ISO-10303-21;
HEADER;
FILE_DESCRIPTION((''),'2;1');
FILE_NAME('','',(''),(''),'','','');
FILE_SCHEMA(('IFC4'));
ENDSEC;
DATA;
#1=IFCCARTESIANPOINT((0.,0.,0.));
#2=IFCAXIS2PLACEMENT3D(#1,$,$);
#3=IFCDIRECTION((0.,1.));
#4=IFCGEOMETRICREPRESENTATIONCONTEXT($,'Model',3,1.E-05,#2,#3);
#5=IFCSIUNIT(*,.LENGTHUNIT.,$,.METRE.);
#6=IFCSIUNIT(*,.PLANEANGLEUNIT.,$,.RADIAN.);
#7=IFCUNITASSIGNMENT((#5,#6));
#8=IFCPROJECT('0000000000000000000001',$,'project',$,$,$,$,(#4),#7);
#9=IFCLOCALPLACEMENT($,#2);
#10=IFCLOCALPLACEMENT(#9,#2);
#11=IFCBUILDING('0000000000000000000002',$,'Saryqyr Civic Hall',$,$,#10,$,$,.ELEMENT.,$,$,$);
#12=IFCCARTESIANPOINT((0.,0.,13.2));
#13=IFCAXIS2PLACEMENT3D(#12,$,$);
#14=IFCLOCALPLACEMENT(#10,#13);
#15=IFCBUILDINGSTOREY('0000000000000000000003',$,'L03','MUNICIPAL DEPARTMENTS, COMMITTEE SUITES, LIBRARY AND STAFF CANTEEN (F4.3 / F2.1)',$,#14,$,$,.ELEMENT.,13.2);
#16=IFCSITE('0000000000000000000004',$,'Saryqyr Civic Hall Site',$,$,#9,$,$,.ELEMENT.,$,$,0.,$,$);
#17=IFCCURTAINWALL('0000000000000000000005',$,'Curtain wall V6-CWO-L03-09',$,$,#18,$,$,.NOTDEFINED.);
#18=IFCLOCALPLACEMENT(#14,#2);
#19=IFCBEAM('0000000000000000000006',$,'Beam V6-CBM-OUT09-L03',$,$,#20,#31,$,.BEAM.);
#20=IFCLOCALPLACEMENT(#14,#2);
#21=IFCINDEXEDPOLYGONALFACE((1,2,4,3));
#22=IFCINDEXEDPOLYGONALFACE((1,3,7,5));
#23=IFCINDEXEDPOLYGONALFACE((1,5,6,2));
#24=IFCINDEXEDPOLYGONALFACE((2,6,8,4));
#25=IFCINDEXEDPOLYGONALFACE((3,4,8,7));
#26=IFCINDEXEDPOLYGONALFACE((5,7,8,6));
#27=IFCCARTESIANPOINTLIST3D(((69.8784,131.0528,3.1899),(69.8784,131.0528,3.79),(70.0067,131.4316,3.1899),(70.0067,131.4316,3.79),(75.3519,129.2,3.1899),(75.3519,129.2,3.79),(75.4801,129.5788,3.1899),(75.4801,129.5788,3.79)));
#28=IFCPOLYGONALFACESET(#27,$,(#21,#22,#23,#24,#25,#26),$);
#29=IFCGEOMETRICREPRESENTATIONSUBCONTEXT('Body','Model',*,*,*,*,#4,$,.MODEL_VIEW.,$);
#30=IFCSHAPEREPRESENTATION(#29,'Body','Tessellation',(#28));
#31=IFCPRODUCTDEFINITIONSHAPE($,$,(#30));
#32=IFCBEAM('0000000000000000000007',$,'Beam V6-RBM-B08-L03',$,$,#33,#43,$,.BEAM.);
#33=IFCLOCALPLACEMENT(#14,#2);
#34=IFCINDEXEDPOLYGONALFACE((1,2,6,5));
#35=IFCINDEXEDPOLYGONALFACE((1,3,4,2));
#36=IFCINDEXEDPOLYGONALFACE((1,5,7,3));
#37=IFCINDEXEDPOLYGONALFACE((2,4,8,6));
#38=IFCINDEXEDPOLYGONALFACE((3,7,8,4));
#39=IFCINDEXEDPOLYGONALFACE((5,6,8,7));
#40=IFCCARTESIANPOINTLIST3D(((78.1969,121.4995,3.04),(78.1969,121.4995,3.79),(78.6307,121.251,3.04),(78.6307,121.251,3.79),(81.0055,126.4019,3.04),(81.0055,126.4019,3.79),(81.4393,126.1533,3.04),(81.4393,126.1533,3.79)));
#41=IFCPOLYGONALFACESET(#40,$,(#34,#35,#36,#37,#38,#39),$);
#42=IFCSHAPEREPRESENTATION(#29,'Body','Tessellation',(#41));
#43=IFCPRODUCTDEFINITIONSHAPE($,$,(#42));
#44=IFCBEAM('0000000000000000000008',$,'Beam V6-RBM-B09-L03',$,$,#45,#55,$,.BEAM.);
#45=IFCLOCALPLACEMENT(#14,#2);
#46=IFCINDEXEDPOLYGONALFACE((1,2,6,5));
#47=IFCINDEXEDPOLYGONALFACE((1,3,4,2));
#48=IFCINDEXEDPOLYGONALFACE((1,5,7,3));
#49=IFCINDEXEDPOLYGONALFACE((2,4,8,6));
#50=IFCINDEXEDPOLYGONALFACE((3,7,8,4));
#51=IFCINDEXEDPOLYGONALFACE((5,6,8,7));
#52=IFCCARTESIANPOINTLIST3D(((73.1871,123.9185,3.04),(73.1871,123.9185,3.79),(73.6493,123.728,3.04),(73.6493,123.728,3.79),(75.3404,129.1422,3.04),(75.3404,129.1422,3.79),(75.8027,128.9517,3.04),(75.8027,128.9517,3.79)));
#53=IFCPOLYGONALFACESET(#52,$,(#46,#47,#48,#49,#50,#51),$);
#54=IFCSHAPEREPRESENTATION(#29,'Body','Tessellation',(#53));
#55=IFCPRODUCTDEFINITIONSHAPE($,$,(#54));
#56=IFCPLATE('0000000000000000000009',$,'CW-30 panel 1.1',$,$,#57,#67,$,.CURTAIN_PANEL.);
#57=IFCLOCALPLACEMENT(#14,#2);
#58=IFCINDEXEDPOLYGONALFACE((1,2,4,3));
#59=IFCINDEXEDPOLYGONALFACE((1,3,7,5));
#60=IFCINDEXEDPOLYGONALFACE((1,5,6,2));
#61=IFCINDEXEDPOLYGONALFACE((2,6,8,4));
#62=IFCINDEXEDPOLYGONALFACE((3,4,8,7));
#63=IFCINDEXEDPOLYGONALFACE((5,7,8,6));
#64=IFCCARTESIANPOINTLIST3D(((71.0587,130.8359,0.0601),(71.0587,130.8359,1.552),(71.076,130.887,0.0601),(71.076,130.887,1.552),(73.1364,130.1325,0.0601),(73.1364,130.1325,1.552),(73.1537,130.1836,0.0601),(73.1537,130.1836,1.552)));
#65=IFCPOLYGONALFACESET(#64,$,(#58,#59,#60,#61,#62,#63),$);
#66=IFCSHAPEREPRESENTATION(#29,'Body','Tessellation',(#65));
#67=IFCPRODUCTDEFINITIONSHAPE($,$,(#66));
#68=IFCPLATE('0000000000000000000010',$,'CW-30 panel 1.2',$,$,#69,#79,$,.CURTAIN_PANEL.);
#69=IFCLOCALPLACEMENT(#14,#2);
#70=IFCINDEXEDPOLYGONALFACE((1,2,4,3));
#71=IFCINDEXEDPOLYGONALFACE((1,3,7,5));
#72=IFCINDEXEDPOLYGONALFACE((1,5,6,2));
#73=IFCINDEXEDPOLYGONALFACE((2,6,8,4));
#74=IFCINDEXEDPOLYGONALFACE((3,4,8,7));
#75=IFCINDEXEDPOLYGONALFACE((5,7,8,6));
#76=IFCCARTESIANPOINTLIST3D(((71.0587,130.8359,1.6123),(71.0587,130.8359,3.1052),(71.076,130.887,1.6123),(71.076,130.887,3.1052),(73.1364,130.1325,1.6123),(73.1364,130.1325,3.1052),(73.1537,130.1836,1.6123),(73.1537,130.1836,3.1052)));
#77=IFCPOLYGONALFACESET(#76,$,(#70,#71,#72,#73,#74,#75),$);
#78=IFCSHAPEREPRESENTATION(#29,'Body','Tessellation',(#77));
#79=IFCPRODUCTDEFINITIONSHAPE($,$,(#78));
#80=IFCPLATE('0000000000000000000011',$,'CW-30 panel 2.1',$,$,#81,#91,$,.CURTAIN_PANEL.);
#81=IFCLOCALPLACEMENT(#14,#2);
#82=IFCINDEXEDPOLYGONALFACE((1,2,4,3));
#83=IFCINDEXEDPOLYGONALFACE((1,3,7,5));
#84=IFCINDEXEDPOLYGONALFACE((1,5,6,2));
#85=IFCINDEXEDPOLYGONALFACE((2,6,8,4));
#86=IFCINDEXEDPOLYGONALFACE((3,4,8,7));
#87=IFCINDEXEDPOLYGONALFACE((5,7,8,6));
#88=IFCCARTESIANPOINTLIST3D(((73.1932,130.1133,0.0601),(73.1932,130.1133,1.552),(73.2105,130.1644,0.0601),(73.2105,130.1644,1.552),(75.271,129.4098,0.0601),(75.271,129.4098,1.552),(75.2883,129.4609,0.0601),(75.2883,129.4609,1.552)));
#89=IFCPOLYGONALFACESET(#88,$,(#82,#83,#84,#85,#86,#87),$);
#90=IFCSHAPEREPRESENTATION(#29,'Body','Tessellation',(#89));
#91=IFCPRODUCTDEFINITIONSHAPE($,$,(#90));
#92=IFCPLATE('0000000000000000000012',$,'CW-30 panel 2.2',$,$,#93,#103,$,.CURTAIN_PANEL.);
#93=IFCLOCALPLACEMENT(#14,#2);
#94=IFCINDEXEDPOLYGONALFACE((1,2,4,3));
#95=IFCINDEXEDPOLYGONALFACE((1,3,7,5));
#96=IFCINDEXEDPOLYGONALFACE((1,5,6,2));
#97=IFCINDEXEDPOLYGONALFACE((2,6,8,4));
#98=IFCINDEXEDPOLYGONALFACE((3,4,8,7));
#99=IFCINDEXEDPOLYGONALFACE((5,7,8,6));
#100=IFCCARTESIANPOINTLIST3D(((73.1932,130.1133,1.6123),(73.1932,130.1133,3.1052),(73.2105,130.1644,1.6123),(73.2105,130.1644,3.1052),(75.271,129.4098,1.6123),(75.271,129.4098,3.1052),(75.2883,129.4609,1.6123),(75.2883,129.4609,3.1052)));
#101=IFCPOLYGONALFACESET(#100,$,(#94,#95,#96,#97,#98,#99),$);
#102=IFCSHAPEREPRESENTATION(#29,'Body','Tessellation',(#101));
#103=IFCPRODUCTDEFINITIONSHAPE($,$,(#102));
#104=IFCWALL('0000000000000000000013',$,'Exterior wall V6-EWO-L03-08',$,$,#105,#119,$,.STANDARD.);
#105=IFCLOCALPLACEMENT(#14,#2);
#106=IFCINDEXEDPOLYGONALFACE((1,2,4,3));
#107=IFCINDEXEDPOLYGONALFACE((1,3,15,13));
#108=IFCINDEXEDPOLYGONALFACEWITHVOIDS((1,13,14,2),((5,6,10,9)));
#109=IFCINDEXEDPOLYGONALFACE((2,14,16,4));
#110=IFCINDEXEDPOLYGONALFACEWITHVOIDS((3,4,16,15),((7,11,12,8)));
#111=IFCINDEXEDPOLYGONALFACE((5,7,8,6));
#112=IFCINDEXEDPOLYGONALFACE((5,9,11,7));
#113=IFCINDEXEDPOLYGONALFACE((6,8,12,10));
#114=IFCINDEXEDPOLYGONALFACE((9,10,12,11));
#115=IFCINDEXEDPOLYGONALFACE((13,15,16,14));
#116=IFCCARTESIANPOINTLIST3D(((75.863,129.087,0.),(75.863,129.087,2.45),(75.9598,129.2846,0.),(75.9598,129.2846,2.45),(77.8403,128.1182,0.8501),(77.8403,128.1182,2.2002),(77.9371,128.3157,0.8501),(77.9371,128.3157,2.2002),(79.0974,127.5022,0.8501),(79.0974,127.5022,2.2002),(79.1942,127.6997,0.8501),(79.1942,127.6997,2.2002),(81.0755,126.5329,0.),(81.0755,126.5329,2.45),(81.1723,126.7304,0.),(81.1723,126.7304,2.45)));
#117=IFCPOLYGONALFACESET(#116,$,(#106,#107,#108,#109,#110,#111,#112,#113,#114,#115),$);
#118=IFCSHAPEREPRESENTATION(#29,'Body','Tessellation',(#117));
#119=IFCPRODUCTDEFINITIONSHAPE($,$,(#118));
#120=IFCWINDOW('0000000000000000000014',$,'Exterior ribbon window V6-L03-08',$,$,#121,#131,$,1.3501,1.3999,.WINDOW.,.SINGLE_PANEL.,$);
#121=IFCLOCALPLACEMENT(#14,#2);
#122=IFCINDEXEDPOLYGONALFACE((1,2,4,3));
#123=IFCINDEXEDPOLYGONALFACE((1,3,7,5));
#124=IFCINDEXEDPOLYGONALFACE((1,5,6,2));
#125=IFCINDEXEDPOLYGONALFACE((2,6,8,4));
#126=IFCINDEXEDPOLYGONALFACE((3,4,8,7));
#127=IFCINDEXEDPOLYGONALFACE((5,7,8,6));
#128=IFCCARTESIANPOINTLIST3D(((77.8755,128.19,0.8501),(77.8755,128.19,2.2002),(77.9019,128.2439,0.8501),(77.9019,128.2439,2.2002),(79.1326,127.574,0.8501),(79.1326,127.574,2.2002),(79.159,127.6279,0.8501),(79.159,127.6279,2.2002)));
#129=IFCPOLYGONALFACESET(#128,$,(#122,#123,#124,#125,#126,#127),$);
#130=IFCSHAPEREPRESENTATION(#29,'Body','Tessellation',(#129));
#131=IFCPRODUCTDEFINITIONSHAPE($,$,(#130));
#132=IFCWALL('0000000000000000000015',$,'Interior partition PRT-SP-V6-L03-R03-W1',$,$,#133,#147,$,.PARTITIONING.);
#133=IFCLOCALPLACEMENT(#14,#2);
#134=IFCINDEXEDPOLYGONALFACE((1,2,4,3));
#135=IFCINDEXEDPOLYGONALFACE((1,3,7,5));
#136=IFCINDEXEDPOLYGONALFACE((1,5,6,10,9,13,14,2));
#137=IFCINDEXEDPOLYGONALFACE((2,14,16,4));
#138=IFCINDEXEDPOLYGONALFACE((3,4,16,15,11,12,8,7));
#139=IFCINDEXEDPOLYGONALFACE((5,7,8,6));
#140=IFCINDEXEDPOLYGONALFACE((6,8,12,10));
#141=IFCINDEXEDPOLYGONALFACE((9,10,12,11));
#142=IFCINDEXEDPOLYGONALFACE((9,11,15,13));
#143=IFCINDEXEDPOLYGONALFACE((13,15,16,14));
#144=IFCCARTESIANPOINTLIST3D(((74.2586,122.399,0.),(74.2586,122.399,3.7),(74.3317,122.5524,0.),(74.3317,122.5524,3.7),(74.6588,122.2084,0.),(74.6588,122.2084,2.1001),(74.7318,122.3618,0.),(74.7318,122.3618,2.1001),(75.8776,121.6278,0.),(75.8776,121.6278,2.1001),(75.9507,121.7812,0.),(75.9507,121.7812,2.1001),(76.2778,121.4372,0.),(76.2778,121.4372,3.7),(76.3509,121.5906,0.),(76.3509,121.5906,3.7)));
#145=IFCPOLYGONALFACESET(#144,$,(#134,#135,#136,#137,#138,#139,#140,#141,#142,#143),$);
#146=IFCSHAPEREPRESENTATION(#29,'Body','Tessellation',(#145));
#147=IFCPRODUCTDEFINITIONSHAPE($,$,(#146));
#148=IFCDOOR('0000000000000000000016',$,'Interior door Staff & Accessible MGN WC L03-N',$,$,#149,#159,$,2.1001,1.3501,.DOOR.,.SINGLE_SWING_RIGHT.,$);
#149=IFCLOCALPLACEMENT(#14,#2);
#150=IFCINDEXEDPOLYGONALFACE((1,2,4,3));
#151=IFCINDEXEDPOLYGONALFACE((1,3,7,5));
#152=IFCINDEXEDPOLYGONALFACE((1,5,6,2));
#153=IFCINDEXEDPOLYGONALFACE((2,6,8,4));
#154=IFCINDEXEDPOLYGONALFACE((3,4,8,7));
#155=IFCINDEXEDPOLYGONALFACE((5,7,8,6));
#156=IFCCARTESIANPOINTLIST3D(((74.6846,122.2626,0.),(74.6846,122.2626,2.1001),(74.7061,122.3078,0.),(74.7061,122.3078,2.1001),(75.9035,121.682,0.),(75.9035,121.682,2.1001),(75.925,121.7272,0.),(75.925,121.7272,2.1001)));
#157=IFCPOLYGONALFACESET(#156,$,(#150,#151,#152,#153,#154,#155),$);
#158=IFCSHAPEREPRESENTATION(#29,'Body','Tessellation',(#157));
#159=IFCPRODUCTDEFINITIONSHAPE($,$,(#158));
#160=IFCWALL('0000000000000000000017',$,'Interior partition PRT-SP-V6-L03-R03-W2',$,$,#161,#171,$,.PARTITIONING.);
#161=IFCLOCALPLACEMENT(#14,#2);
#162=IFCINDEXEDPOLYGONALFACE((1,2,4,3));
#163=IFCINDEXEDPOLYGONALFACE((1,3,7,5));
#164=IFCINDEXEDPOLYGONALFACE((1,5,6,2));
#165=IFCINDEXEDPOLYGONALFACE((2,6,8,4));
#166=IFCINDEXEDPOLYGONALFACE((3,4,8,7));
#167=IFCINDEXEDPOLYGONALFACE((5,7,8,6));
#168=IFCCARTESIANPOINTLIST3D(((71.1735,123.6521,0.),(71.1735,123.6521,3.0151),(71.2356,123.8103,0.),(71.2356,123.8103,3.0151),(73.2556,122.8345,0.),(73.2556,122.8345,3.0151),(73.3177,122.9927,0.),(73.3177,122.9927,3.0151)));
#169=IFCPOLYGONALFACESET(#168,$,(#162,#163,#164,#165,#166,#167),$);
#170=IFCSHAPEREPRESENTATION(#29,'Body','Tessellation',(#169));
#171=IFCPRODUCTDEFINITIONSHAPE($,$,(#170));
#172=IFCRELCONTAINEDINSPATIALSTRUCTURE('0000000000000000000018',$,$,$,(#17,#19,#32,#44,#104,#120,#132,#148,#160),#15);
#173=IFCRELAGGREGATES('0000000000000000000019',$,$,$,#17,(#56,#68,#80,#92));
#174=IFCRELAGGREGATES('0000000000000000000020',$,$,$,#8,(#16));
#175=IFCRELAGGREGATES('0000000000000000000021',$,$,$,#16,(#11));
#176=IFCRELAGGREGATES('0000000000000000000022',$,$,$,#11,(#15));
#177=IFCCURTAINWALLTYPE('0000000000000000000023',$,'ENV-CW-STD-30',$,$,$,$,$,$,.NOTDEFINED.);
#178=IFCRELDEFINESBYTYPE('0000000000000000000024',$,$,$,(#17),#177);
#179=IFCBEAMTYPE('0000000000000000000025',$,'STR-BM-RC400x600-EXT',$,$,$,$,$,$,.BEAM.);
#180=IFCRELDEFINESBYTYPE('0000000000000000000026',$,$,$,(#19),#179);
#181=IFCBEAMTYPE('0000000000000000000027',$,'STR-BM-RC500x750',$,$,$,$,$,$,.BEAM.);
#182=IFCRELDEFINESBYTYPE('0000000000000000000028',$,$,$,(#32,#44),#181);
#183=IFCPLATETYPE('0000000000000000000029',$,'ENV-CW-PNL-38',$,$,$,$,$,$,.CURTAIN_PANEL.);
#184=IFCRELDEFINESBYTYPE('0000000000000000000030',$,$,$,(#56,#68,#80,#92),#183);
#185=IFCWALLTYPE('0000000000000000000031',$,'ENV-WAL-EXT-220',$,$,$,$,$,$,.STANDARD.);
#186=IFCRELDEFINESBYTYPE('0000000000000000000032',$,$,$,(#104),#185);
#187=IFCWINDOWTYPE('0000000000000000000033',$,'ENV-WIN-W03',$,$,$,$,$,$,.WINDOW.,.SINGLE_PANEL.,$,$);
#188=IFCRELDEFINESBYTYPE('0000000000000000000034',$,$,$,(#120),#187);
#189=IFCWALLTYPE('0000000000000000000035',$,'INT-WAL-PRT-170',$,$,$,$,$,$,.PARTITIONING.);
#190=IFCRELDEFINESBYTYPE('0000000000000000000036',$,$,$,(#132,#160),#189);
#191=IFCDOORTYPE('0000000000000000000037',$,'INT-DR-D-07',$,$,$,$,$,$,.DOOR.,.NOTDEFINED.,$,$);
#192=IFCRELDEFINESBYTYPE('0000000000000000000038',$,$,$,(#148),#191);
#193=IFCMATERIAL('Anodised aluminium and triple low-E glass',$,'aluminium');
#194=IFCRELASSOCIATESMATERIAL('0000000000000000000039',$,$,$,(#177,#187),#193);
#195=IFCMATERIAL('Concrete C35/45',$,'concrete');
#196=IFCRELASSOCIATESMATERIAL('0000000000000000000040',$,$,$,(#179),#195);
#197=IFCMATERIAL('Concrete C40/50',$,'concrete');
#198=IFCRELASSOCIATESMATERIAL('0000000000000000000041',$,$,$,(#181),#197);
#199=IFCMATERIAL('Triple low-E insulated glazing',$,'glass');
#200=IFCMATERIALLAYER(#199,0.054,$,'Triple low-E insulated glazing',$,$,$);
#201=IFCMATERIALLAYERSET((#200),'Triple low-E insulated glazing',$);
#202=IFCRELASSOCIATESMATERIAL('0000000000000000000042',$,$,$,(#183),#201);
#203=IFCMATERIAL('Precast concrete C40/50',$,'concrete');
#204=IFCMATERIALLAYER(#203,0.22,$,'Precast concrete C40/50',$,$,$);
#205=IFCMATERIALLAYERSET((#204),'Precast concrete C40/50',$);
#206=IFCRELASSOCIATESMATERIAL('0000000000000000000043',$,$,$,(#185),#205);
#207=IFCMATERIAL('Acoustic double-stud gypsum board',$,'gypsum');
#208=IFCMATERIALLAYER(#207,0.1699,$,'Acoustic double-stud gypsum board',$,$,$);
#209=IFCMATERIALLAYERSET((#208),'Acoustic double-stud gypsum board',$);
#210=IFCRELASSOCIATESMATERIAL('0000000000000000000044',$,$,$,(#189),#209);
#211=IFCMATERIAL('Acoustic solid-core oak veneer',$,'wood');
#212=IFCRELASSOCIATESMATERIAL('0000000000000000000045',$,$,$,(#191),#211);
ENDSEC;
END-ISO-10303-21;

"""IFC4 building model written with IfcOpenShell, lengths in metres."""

from ifc_helpers import new_model, si_unit, direction, frame, frame_2d, origin, origin_2d, place, context, subcontext, project, spatial, rectangle, extrude, material, layer, layer_set, material_profile, profile_set, type_object, element, fill, aggregate, save


model = new_model("IFC4")

# Units and contexts
model_context = context("Model", 3, precision=1e-05, world=origin(), true_north=direction((0.0, 1.0)))
body_context = subcontext(model_context, "Body", "Model", "MODEL_VIEW")
ifc_project = project(units=[si_unit("LENGTHUNIT", "METRE"), si_unit("PLANEANGLEUNIT", "RADIAN")], contexts=[model_context])

# Site, building, storey
site_placement = place(None, origin())
site = spatial("IfcSite", under=ifc_project, at=site_placement, Name="Saryqyr Civic Hall Site", CompositionType="ELEMENT", RefElevation=0.0)
building_placement = place(site_placement, origin())
building = spatial("IfcBuilding", under=site, at=building_placement, Name="Saryqyr Civic Hall", CompositionType="ELEMENT")
storey_placement = place(building_placement, frame((0.0, 0.0, 13.2)))
storey = spatial("IfcBuildingStorey", under=building, at=storey_placement, Name="L03", Description="MUNICIPAL DEPARTMENTS, COMMITTEE SUITES, LIBRARY AND STAFF CANTEEN (F4.3 / F2.1)", CompositionType="ELEMENT", Elevation=13.2)

# Shared definitions
ifc_material_1 = material(Name="Concrete C40/50", Category="concrete")

# Curtain wall
ifc_material_2 = material(Name="Anodised aluminium and triple low-E glass", Category="aluminium")
curtain_wall_type = type_object("IfcCurtainWallType", Name="ENV-CW-STD-30", PredefinedType="NOTDEFINED", material=ifc_material_2)
curtain_wall_placement = place(storey_placement, origin())
curtain_wall = element("IfcCurtainWall", 1, at=curtain_wall_placement, inside=storey, type_object=curtain_wall_type, Name="Curtain wall V6-CWO-L03-09", PredefinedType="NOTDEFINED")

# Beams
ifc_material_3 = material(Name="Concrete C35/45", Category="concrete")
ifc_material_profile_1 = material_profile(ifc_material_3, rectangle(XDim=0.3999, YDim=0.6001, at=origin_2d()), Name="RC 400x600")
ifc_profile_set_1 = profile_set([ifc_material_profile_1], Name="Concrete C35/45")
beam_type_1 = type_object("IfcBeamType", Name="STR-BM-RC400x600-EXT", PredefinedType="BEAM", material=ifc_profile_set_1)
beam_1_placement = place(storey_placement, frame((75.416, 129.3894, 3.49), z_axis=(-0.947203, 0.320635, 0.0), x_axis=(-0.320635, -0.947203, 0.0)))
element("IfcBeam", 2, at=beam_1_placement, inside=storey, type_object=beam_type_1, Name="Beam V6-CBM-OUT09-L03", PredefinedType="BEAM", context=body_context, shape_type="SweptSolid", body=[
    extrude(rectangle(XDim=0.3999, YDim=0.6001, at=origin_2d()), origin(), (0.0, 0.0, 1.0), 5.7786),
])
ifc_material_profile_2 = material_profile(ifc_material_1, rectangle(XDim=0.5, YDim=0.75, at=origin_2d()), Name="RC 500x750")
ifc_profile_set_2 = profile_set([ifc_material_profile_2], Name="Concrete C40/50")
beam_type_2 = type_object("IfcBeamType", Name="STR-BM-RC500x750", PredefinedType="BEAM", material=ifc_profile_set_2)
beam_2_placement = place(storey_placement, frame((78.4138, 121.3752, 3.415), z_axis=(0.497107, 0.867689, 0.0), x_axis=(-0.867689, 0.497107, 0.0)))
element("IfcBeam", 3, at=beam_2_placement, inside=storey, type_object=beam_type_2, Name="Beam V6-RBM-B08-L03", PredefinedType="BEAM", context=body_context, shape_type="SweptSolid", body=[
    extrude(rectangle(XDim=0.5, YDim=0.75, at=origin_2d()), origin(), (0.0, 0.0, 1.0), 5.6499),
])
beam_3_placement = place(storey_placement, frame((73.4182, 123.8232, 3.415), z_axis=(0.381115, 0.924528, 0.0), x_axis=(-0.924528, 0.381115, 0.0)))
element("IfcBeam", 4, at=beam_3_placement, inside=storey, type_object=beam_type_2, Name="Beam V6-RBM-B09-L03", PredefinedType="BEAM", context=body_context, shape_type="SweptSolid", body=[
    extrude(rectangle(XDim=0.5, YDim=0.75, at=origin_2d()), origin(), (0.0, 0.0, 1.0), 5.6501),
])

# Plates
ifc_material_4 = material(Name="Triple low-E insulated glazing", Category="glass")
ifc_layer_1 = layer(ifc_material_4, 0.054, Name="Triple low-E insulated glazing")
ifc_layer_set_1 = layer_set([ifc_layer_1], Name="Triple low-E insulated glazing")
plate_type = type_object("IfcPlateType", Name="ENV-CW-PNL-38", PredefinedType="CURTAIN_PANEL", material=ifc_layer_set_1)
plate_1_placement = place(storey_placement, frame((72.1062, 130.5098, 0.0601), z_axis=(0.0, 0.0, 1.0), x_axis=(0.94719, -0.320671, 0.0)))
plate_1 = element("IfcPlate", 5, at=plate_1_placement, type_object=plate_type, Name="CW-30 panel 1.1", PredefinedType="CURTAIN_PANEL", context=body_context, shape_type="SweptSolid", body=[
    extrude(rectangle(XDim=2.1936, YDim=0.054, at=origin_2d()), origin(), (0.0, 0.0, 1.0), 1.4919),
])
plate_2_placement = place(storey_placement, frame((72.1062, 130.5098, 1.6123), z_axis=(0.0, 0.0, 1.0), x_axis=(0.94719, -0.320671, 0.0)))
plate_2 = element("IfcPlate", 6, at=plate_2_placement, type_object=plate_type, Name="CW-30 panel 1.2", PredefinedType="CURTAIN_PANEL", context=body_context, shape_type="SweptSolid", body=[
    extrude(rectangle(XDim=2.1936, YDim=0.054, at=origin_2d()), origin(), (0.0, 0.0, 1.0), 1.4929),
])
plate_3_placement = place(storey_placement, frame((74.2407, 129.7871, 0.0601), z_axis=(0.0, 0.0, 1.0), x_axis=(0.94719, -0.320671, 0.0)))
plate_3 = element("IfcPlate", 7, at=plate_3_placement, type_object=plate_type, Name="CW-30 panel 2.1", PredefinedType="CURTAIN_PANEL", context=body_context, shape_type="SweptSolid", body=[
    extrude(rectangle(XDim=2.1936, YDim=0.054, at=origin_2d()), origin(), (0.0, 0.0, 1.0), 1.4919),
])
plate_4_placement = place(storey_placement, frame((74.2407, 129.7871, 1.6123), z_axis=(0.0, 0.0, 1.0), x_axis=(0.94719, -0.320671, 0.0)))
plate_4 = element("IfcPlate", 8, at=plate_4_placement, type_object=plate_type, Name="CW-30 panel 2.2", PredefinedType="CURTAIN_PANEL", context=body_context, shape_type="SweptSolid", body=[
    extrude(rectangle(XDim=2.1936, YDim=0.054, at=origin_2d()), origin(), (0.0, 0.0, 1.0), 1.4929),
])
aggregate(curtain_wall, [plate_1, plate_2, plate_3, plate_4])

# Wall, opening, window
ifc_material_5 = material(Name="Precast concrete C40/50", Category="concrete")
ifc_layer_2 = layer(ifc_material_5, 0.22, Name="Precast concrete C40/50")
ifc_layer_set_2 = layer_set([ifc_layer_2], Name="Precast concrete C40/50")
wall_type_1 = type_object("IfcWallType", Name="ENV-WAL-EXT-220", PredefinedType="STANDARD", material=ifc_layer_set_2)
wall_1_placement = place(storey_placement, frame((75.9114, 129.1858, 0.0), z_axis=(0.0, 0.0, 1.0), x_axis=(0.89799, -0.440016, 0.0)))
wall_1 = element("IfcWall", 9, at=wall_1_placement, inside=storey, type_object=wall_type_1, Name="Exterior wall V6-EWO-L03-08", PredefinedType="STANDARD", context=body_context, shape_type="SweptSolid", body=[
    extrude(rectangle(XDim=5.8047, YDim=0.22, at=frame_2d((2.9023, 0.0))), origin(), (0.0, 0.0, 1.0), 2.45),
])
opening_1_placement = place(wall_1_placement, frame((2.2019, 0.0, 0.8501)))
opening_1 = element("IfcOpeningElement", 10, at=opening_1_placement, cuts=wall_1, PredefinedType="OPENING", context=body_context, shape_type="SweptSolid", body=[
    extrude(rectangle(XDim=1.3999, YDim=1.3501, at=frame_2d((0.7, 0.675))), frame((0.0, 0.1199, 0.0), z_axis=(0.0, -1.0, 0.0), x_axis=(1.0, 0.0, 0.0)), (0.0, 0.0, 1.0), 0.24),
])
window_type = type_object("IfcWindowType", Name="ENV-WIN-W03", PartitioningType="SINGLE_PANEL", PredefinedType="WINDOW", material=ifc_material_2)
window_placement = place(opening_1_placement, origin())
window = element("IfcWindow", 11, at=window_placement, inside=storey, type_object=window_type, Name="Exterior ribbon window V6-L03-08", OverallHeight=1.3501, OverallWidth=1.3999, PartitioningType="SINGLE_PANEL", PredefinedType="WINDOW", context=body_context, shape_type="SweptSolid", body=[
    extrude(rectangle(XDim=1.3999, YDim=1.3501, at=frame_2d((0.7, 0.675))), frame((0.0, 0.03, 0.0), z_axis=(0.0, -1.0, 0.0), x_axis=(1.0, 0.0, 0.0)), (0.0, 0.0, 1.0), 0.0601),
])
fill(opening_1, window)

# Wall, opening, door
ifc_material_6 = material(Name="Acoustic double-stud gypsum board", Category="gypsum")
ifc_layer_3 = layer(ifc_material_6, 0.1699, Name="Acoustic double-stud gypsum board")
ifc_layer_set_3 = layer_set([ifc_layer_3], Name="Acoustic double-stud gypsum board")
wall_type_2 = type_object("IfcWallType", Name="INT-WAL-PRT-170", PredefinedType="PARTITIONING", material=ifc_layer_set_3)
wall_2_placement = place(storey_placement, frame((76.3142, 121.5139, 0.0), z_axis=(0.0, 0.0, 1.0), x_axis=(-0.9028, 0.430061, 0.0)))
wall_2 = element("IfcWall", 12, at=wall_2_placement, inside=storey, type_object=wall_type_2, Name="Interior partition PRT-SP-V6-L03-R03-W1", PredefinedType="PARTITIONING", context=body_context, shape_type="SweptSolid", body=[
    extrude(rectangle(XDim=2.2366, YDim=0.1699, at=frame_2d((1.1182, 0.0))), origin(), (0.0, 0.0, 1.0), 3.7),
])
opening_2_placement = place(wall_2_placement, frame((0.4431, 0.0, 0.0)))
opening_2 = element("IfcOpeningElement", 13, at=opening_2_placement, cuts=wall_2, PredefinedType="OPENING", context=body_context, shape_type="SweptSolid", body=[
    extrude(rectangle(XDim=1.3501, YDim=2.1001, at=frame_2d((0.675, 1.05))), frame((0.0, 0.095, 0.0), z_axis=(0.0, -1.0, 0.0), x_axis=(1.0, 0.0, 0.0)), (0.0, 0.0, 1.0), 0.1899),
])
ifc_material_7 = material(Name="Acoustic solid-core oak veneer", Category="wood")
door_type = type_object("IfcDoorType", Name="INT-DR-D-07", OperationType="NOTDEFINED", PredefinedType="DOOR", material=ifc_material_7)
door_placement = place(opening_2_placement, origin())
door = element("IfcDoor", 14, at=door_placement, inside=storey, type_object=door_type, Name="Interior door Staff & Accessible MGN WC L03-N", OperationType="SINGLE_SWING_RIGHT", OverallHeight=2.1001, OverallWidth=1.3501, PredefinedType="DOOR", context=body_context, shape_type="SweptSolid", body=[
    extrude(rectangle(XDim=1.3501, YDim=2.1001, at=frame_2d((0.675, 1.05))), frame((0.0, 0.0249, 0.0), z_axis=(0.0, -1.0, 0.0), x_axis=(1.0, 0.0, 0.0)), (0.0, 0.0, 1.0), 0.05),
])
fill(opening_2, door)

# Wall
wall_3_placement = place(storey_placement, frame((73.2866, 122.9136, 0.0), z_axis=(0.0, 0.0, 1.0), x_axis=(-0.930799, 0.365531, 0.0)))
element("IfcWall", 15, at=wall_3_placement, inside=storey, type_object=wall_type_2, Name="Interior partition PRT-SP-V6-L03-R03-W2", PredefinedType="PARTITIONING", context=body_context, shape_type="SweptSolid", body=[
    extrude(rectangle(XDim=2.2368, YDim=0.1699, at=frame_2d((1.1184, 0.0))), origin(), (0.0, 0.0, 1.0), 3.0151),
])

save(model, "model.ifc")
